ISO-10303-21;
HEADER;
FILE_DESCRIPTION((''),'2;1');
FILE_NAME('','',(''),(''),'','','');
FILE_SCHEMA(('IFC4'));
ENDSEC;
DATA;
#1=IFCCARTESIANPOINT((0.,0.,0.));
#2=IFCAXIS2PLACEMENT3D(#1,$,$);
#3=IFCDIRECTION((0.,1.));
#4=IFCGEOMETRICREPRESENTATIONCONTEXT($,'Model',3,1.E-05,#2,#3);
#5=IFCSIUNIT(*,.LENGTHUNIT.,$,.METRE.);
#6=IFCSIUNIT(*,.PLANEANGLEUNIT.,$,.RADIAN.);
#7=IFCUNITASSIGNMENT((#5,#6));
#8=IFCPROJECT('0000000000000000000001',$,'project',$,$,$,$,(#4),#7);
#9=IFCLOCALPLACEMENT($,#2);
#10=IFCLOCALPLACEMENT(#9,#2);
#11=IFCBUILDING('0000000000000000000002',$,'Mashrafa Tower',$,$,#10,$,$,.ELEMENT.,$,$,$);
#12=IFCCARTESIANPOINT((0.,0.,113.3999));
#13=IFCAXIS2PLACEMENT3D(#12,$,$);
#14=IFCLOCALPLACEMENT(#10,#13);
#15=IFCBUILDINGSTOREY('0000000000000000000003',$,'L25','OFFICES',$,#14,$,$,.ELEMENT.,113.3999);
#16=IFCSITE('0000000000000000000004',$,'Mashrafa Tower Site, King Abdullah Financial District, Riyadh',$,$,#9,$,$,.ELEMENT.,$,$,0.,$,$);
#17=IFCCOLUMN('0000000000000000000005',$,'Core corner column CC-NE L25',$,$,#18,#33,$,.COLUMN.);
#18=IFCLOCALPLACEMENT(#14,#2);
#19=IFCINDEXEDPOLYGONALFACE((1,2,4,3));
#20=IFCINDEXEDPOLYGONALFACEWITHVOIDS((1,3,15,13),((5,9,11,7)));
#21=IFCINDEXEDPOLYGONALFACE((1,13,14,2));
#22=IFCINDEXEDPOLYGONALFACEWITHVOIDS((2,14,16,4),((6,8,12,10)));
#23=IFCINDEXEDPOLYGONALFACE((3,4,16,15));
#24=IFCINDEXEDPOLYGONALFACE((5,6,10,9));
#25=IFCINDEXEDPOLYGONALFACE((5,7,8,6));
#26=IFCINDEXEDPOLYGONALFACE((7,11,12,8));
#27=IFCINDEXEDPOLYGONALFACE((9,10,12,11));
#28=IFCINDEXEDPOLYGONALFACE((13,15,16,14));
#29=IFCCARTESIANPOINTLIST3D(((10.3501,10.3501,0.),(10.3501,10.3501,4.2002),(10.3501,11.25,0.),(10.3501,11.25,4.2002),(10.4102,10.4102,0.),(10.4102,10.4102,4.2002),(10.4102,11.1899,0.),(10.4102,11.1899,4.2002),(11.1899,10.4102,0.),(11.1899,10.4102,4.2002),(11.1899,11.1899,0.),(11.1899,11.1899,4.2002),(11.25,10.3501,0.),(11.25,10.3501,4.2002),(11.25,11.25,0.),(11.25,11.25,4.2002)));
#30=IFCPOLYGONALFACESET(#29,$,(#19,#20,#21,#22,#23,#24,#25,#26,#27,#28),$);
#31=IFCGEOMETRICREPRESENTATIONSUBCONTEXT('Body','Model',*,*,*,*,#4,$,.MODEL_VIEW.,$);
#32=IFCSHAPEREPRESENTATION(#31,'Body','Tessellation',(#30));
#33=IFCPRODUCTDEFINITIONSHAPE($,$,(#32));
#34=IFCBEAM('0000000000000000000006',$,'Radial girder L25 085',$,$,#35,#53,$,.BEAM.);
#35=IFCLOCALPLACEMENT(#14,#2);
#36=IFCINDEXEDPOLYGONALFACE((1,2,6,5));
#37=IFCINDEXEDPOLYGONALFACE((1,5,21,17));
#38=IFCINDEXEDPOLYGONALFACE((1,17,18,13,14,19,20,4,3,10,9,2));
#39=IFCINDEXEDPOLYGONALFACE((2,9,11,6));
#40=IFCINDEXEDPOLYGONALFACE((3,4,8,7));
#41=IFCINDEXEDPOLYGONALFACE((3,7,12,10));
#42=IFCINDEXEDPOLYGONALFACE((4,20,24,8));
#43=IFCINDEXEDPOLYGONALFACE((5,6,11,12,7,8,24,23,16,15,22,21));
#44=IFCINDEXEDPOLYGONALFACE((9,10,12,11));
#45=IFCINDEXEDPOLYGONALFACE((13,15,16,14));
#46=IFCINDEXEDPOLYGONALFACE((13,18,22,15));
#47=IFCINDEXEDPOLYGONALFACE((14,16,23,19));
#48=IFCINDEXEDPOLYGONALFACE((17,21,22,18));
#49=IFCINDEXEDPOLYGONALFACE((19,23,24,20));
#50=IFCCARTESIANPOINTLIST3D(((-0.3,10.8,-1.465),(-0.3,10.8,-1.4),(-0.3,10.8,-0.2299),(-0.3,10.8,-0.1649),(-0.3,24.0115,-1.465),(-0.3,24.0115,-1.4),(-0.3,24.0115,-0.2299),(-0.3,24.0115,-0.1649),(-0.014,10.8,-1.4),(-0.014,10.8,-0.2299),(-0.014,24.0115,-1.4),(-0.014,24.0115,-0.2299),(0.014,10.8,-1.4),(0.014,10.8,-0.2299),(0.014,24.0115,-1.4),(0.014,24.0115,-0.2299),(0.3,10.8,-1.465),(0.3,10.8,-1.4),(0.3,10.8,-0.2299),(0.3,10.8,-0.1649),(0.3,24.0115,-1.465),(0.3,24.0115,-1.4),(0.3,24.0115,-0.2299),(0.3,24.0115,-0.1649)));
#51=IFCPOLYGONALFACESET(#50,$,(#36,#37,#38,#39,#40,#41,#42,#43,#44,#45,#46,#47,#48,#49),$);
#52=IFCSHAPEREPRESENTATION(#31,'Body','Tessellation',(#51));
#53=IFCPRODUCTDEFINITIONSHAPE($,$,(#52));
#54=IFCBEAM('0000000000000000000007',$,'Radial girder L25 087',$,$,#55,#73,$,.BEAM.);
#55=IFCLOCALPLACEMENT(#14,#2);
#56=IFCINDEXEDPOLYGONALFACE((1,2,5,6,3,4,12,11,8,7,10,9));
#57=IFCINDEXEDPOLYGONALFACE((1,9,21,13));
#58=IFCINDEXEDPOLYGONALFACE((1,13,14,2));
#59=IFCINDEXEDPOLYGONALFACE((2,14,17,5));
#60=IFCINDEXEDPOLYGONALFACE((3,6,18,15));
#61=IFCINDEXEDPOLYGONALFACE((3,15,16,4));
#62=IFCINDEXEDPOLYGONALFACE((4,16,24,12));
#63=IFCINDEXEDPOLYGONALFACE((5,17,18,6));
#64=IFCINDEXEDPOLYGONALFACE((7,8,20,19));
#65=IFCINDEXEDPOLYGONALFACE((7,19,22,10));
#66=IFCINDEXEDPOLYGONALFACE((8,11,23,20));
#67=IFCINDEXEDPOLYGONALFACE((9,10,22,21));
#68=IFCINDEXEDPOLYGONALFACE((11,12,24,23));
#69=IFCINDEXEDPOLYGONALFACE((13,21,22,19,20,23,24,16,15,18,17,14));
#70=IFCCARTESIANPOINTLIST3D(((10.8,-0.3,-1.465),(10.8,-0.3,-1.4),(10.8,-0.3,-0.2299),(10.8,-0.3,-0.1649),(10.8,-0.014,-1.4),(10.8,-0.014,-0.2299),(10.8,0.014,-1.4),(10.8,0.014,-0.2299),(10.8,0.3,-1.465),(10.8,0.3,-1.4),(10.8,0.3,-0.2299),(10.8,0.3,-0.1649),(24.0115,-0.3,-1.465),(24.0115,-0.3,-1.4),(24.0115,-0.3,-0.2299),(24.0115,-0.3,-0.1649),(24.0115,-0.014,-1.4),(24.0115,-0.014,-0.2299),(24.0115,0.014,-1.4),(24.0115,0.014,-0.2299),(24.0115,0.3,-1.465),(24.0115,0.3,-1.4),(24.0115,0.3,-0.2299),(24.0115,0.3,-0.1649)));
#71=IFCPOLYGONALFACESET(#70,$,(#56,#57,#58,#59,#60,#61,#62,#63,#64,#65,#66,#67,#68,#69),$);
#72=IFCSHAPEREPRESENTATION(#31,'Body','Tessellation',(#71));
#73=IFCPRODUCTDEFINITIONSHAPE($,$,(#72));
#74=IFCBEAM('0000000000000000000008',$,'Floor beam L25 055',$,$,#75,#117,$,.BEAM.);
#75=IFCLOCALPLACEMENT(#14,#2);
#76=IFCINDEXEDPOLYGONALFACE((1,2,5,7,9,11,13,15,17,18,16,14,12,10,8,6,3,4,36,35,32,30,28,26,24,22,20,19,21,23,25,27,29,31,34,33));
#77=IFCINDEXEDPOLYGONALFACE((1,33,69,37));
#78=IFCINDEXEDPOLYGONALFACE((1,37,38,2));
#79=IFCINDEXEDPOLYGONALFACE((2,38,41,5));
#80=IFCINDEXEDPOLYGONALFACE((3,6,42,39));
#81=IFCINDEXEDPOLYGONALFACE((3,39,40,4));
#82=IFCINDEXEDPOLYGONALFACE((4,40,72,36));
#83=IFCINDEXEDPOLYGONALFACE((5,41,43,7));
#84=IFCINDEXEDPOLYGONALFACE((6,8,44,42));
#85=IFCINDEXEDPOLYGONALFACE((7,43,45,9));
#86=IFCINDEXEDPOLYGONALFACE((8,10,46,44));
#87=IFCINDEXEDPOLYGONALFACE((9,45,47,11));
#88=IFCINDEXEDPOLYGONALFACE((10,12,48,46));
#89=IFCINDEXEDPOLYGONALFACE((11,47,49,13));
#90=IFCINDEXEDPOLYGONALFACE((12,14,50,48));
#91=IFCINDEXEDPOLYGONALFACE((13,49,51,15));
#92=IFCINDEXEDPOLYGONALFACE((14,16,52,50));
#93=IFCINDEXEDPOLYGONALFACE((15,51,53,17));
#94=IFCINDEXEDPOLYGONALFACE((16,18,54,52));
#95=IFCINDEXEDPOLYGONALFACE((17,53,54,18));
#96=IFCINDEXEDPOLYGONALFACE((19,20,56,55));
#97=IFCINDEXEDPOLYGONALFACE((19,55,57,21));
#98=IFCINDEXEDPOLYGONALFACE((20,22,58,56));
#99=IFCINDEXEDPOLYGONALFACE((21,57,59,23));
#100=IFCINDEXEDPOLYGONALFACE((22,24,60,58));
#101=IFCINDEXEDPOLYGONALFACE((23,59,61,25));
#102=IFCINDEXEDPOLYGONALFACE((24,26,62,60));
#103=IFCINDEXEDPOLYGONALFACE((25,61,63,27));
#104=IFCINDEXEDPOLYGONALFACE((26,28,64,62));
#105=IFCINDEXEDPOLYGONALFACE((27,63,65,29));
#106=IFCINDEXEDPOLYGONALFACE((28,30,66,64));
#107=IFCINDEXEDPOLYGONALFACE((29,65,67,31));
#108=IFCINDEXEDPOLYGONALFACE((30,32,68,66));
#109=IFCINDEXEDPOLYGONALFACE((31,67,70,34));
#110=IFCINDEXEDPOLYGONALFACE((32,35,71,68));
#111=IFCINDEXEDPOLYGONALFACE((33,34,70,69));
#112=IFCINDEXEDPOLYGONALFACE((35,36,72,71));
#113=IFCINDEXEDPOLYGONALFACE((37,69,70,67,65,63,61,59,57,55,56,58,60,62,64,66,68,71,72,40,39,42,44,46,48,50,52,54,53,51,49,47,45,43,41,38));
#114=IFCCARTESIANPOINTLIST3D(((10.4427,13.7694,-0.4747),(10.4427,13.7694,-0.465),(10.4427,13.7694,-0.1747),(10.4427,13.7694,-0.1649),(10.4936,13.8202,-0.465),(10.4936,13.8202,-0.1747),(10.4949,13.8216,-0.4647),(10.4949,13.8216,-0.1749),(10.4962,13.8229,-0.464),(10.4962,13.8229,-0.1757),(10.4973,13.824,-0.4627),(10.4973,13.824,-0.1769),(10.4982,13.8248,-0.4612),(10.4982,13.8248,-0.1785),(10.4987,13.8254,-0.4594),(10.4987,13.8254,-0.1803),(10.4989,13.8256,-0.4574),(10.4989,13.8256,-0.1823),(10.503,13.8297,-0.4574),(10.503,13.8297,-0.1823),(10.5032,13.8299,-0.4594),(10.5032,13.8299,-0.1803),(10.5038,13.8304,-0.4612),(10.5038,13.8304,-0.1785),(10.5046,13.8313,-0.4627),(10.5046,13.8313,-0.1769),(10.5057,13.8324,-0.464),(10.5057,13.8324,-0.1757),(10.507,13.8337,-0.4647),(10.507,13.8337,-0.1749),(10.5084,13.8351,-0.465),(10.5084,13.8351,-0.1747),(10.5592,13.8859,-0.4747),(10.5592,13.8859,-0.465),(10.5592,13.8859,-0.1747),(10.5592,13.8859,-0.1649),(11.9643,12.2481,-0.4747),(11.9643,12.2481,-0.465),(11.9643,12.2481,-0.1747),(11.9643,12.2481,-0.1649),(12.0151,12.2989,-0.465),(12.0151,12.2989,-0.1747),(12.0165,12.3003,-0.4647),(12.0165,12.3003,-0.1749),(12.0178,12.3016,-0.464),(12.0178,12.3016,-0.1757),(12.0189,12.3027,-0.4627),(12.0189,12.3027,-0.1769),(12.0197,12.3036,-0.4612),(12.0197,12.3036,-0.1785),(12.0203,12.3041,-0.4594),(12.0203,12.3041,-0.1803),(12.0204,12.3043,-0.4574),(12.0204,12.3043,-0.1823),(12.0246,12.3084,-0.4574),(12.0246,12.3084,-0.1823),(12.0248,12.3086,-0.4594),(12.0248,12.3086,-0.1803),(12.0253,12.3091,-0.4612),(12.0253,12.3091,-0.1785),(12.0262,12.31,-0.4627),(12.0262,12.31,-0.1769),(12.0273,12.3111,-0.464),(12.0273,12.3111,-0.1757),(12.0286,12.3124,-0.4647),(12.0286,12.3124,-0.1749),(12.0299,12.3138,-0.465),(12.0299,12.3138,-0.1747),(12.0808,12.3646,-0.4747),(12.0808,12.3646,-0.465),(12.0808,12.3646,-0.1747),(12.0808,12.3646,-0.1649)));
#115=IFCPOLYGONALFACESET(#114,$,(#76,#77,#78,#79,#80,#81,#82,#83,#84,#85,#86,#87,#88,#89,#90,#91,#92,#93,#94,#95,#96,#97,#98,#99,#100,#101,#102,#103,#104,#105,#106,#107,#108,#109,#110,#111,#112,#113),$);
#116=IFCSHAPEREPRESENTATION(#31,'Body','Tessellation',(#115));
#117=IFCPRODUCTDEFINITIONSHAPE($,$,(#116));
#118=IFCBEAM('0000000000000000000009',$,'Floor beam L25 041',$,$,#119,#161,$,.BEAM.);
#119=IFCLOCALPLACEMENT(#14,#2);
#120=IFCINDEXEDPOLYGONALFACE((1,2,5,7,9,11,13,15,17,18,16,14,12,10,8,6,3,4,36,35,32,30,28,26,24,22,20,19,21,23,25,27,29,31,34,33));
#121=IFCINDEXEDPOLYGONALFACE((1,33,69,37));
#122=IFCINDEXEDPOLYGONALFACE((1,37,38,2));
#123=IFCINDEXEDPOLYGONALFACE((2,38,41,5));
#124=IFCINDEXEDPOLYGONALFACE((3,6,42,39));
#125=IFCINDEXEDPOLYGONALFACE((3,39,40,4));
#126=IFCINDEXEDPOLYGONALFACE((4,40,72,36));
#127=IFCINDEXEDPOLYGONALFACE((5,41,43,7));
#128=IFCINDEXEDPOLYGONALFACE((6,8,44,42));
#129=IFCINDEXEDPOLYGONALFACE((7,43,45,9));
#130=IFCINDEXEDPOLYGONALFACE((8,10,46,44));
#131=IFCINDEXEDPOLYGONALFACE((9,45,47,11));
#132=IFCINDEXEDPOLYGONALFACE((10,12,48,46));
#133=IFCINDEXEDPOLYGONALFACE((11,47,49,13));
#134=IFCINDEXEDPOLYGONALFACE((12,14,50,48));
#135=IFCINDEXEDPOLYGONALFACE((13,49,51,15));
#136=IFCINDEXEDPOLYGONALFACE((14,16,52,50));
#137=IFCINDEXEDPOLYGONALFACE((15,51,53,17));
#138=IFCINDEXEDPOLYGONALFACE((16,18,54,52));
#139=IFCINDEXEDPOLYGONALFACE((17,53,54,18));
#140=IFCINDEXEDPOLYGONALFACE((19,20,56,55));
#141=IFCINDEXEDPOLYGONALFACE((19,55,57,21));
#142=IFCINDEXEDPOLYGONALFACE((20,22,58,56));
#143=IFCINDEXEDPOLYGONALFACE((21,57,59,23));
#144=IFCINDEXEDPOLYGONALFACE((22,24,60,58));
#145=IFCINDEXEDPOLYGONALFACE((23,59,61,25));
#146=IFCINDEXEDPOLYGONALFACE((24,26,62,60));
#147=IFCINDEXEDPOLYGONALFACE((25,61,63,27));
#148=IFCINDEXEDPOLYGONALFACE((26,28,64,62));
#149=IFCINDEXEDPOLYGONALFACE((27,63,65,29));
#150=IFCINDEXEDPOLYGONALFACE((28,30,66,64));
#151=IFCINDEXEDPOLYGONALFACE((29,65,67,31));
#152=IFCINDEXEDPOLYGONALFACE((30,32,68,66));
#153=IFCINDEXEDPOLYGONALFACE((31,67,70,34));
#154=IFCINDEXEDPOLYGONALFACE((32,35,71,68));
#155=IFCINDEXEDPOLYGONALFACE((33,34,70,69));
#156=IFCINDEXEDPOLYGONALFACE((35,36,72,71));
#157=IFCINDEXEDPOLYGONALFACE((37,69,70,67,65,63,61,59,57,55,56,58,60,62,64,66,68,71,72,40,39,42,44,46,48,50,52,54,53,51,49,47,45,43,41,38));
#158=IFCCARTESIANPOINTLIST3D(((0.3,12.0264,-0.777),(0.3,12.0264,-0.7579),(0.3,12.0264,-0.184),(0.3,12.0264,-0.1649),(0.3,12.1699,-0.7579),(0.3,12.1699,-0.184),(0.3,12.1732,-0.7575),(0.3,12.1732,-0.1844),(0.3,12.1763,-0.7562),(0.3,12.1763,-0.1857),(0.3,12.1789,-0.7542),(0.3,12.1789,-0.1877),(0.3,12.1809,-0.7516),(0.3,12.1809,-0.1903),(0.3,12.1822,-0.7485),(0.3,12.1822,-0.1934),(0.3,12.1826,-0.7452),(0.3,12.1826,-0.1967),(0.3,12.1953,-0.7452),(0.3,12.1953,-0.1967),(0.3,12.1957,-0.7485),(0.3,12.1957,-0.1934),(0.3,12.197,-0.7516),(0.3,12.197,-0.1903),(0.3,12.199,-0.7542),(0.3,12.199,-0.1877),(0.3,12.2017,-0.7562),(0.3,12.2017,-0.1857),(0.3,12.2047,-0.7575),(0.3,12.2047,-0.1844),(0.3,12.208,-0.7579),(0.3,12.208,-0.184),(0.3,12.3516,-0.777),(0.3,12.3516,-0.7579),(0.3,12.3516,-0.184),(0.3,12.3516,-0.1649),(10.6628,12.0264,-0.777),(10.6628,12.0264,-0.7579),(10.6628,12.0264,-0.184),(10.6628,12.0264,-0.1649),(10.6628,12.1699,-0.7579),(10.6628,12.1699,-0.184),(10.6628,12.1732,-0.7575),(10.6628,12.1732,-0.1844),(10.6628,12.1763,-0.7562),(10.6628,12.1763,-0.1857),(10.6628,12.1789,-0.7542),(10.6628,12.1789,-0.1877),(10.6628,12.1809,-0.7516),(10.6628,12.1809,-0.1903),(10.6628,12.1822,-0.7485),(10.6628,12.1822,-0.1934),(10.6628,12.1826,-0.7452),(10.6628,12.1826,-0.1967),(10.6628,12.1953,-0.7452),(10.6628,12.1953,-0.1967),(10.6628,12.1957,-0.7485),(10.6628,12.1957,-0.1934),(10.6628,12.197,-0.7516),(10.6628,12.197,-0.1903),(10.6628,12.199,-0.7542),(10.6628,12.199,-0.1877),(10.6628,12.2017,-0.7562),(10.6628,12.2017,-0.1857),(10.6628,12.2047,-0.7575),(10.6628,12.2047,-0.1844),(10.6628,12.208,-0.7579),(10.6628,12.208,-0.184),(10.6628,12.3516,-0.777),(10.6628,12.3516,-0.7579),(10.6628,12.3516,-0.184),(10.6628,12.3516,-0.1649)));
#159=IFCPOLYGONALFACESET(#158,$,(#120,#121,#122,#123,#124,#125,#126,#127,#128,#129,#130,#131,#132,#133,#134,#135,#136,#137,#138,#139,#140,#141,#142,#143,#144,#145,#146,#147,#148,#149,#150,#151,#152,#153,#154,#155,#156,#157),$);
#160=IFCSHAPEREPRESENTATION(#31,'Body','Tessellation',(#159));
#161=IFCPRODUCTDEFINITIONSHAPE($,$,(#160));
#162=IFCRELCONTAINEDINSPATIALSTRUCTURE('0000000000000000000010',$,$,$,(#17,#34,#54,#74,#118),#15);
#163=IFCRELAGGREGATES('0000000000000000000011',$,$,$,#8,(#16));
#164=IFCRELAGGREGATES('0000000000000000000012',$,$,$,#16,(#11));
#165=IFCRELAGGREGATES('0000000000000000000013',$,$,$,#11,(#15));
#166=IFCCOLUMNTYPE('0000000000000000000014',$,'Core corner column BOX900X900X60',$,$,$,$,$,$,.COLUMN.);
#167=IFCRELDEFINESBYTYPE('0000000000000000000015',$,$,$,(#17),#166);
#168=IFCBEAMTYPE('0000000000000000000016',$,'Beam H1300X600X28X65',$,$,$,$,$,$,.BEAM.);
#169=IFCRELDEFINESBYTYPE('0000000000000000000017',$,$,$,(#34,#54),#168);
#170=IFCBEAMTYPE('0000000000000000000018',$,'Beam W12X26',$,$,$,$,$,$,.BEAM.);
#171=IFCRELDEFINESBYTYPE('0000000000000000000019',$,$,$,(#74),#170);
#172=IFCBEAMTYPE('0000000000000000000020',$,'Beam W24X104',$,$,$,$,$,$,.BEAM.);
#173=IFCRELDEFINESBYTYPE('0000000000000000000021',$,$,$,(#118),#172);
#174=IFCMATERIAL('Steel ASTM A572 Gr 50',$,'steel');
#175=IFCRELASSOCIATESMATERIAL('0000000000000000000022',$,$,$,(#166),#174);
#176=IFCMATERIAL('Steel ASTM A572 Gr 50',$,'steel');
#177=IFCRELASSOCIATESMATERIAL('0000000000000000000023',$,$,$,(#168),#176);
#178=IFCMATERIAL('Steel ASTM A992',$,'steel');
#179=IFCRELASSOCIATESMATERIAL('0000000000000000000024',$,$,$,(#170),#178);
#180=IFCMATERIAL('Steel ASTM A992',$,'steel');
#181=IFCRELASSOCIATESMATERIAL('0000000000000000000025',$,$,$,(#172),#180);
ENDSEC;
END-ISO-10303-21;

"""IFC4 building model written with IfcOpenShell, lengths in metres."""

from ifc_helpers import new_model, si_unit, direction, frame, origin, origin_2d, place, context, subcontext, project, spatial, hollow_rectangle, i_section, extrude, material, material_profile, profile_set, type_object, element, save


model = new_model("IFC4")

# Units and contexts
model_context = context("Model", 3, precision=1e-05, world=origin(), true_north=direction((0.0, 1.0)))
body_context = subcontext(model_context, "Body", "Model", "MODEL_VIEW")
ifc_project = project(units=[si_unit("LENGTHUNIT", "METRE"), si_unit("PLANEANGLEUNIT", "RADIAN")], contexts=[model_context])

# Site, building, storey
site_placement = place(None, origin())
site = spatial("IfcSite", under=ifc_project, at=site_placement, Name="Mashrafa Tower Site, King Abdullah Financial District, Riyadh", CompositionType="ELEMENT", RefElevation=0.0)
building_placement = place(site_placement, origin())
building = spatial("IfcBuilding", under=site, at=building_placement, Name="Mashrafa Tower", CompositionType="ELEMENT")
storey_placement = place(building_placement, frame((0.0, 0.0, 113.3999)))
storey = spatial("IfcBuildingStorey", under=building, at=storey_placement, Name="L25", Description="OFFICES", CompositionType="ELEMENT", Elevation=113.3999)

# Column
ifc_material_1 = material(Name="Steel ASTM A572 Gr 50", Category="steel")
ifc_material_profile_1 = material_profile(ifc_material_1, hollow_rectangle(XDim=0.8999, YDim=0.8999, WallThickness=0.0601, at=origin_2d()), Name="BOX900X900X60")
ifc_profile_set_1 = profile_set([ifc_material_profile_1], Name="Steel ASTM A572 Gr 50")
column_type = type_object("IfcColumnType", Name="Core corner column BOX900X900X60", PredefinedType="COLUMN", material=ifc_profile_set_1)
column_placement = place(storey_placement, frame((10.8, 10.8, 0.0), z_axis=(0.0, 0.0, 1.0), x_axis=(1.0, 0.0, 0.0)))
element("IfcColumn", 1, at=column_placement, inside=storey, type_object=column_type, Name="Core corner column CC-NE L25", PredefinedType="COLUMN", context=body_context, shape_type="SweptSolid", body=[
    extrude(hollow_rectangle(XDim=0.8999, YDim=0.8999, WallThickness=0.0601, at=origin_2d()), origin(), (0.0, 0.0, 1.0), 4.2002),
])

# Beams
ifc_material_2 = material(Name="Steel ASTM A572 Gr 50", Category="steel")
ifc_material_profile_2 = material_profile(ifc_material_2, i_section(OverallWidth=0.6001, OverallDepth=1.3, WebThickness=0.0281, FlangeThickness=0.0649, at=origin_2d()), Name="H1300X600X28X65")
ifc_profile_set_2 = profile_set([ifc_material_profile_2], Name="Steel ASTM A572 Gr 50")
beam_type_1 = type_object("IfcBeamType", Name="Beam H1300X600X28X65", PredefinedType="BEAM", material=ifc_profile_set_2)
for number, where, z_axis, x_axis, name in (
    (2, (0.0, 10.8, -0.8149), (0.0, 1.0, 0.0), (-1.0, 0.0, 0.0), "Radial girder L25 085"),
    (3, (10.8, 0.0, -0.8149), (1.0, 0.0, 0.0), (0.0, 1.0, 0.0), "Radial girder L25 087"),
):
    element("IfcBeam", number, at=place(storey_placement, frame(where, z_axis=z_axis, x_axis=x_axis)), inside=storey, type_object=beam_type_1, Name=name, PredefinedType="BEAM", context=body_context, shape_type="SweptSolid", body=[
        extrude(i_section(OverallWidth=0.6001, OverallDepth=1.3, WebThickness=0.0281, FlangeThickness=0.0649, at=origin_2d()), origin(), (0.0, 0.0, 1.0), 13.2114),
    ])
ifc_material_3 = material(Name="Steel ASTM A992", Category="steel")
ifc_material_profile_3 = material_profile(ifc_material_3, i_section(OverallWidth=0.1648, OverallDepth=0.3098, WebThickness=0.0059, FlangeThickness=0.0098, FilletRadius=0.0076, at=origin_2d()), Name="W12X26")
ifc_profile_set_3 = profile_set([ifc_material_profile_3], Name="Steel ASTM A992")
beam_type_2 = type_object("IfcBeamType", Name="Beam W12X26", PredefinedType="BEAM", material=ifc_profile_set_3)
beam_1_placement = place(storey_placement, frame((10.501, 13.8276, -0.3198), z_axis=(0.707164, -0.70705, 0.0), x_axis=(0.70705, 0.707164, 0.0)))
element("IfcBeam", 4, at=beam_1_placement, inside=storey, type_object=beam_type_2, Name="Floor beam L25 055", PredefinedType="BEAM", context=body_context, shape_type="SweptSolid", body=[
    extrude(i_section(OverallWidth=0.1648, OverallDepth=0.3098, WebThickness=0.0059, FlangeThickness=0.0098, FilletRadius=0.0076, at=origin_2d()), origin(), (0.0, 0.0, 1.0), 2.1516),
])
ifc_material_4 = material(Name="Steel ASTM A992", Category="steel")
ifc_material_profile_4 = material_profile(ifc_material_4, i_section(OverallWidth=0.3252, OverallDepth=0.6121, WebThickness=0.0127, FlangeThickness=0.019, FilletRadius=0.0127, at=origin_2d()), Name="W24X104")
ifc_profile_set_4 = profile_set([ifc_material_profile_4], Name="Steel ASTM A992")
beam_type_3 = type_object("IfcBeamType", Name="Beam W24X104", PredefinedType="BEAM", material=ifc_profile_set_4)
beam_2_placement = place(storey_placement, frame((0.3, 12.189, -0.4709), z_axis=(1.0, 0.0, 0.0), x_axis=(0.0, 1.0, 0.0)))
element("IfcBeam", 5, at=beam_2_placement, inside=storey, type_object=beam_type_3, Name="Floor beam L25 041", PredefinedType="BEAM", context=body_context, shape_type="SweptSolid", body=[
    extrude(i_section(OverallWidth=0.3252, OverallDepth=0.6121, WebThickness=0.0127, FlangeThickness=0.019, FilletRadius=0.0127, at=origin_2d()), origin(), (0.0, 0.0, 1.0), 10.3628),
])

save(model, "model.ifc")
